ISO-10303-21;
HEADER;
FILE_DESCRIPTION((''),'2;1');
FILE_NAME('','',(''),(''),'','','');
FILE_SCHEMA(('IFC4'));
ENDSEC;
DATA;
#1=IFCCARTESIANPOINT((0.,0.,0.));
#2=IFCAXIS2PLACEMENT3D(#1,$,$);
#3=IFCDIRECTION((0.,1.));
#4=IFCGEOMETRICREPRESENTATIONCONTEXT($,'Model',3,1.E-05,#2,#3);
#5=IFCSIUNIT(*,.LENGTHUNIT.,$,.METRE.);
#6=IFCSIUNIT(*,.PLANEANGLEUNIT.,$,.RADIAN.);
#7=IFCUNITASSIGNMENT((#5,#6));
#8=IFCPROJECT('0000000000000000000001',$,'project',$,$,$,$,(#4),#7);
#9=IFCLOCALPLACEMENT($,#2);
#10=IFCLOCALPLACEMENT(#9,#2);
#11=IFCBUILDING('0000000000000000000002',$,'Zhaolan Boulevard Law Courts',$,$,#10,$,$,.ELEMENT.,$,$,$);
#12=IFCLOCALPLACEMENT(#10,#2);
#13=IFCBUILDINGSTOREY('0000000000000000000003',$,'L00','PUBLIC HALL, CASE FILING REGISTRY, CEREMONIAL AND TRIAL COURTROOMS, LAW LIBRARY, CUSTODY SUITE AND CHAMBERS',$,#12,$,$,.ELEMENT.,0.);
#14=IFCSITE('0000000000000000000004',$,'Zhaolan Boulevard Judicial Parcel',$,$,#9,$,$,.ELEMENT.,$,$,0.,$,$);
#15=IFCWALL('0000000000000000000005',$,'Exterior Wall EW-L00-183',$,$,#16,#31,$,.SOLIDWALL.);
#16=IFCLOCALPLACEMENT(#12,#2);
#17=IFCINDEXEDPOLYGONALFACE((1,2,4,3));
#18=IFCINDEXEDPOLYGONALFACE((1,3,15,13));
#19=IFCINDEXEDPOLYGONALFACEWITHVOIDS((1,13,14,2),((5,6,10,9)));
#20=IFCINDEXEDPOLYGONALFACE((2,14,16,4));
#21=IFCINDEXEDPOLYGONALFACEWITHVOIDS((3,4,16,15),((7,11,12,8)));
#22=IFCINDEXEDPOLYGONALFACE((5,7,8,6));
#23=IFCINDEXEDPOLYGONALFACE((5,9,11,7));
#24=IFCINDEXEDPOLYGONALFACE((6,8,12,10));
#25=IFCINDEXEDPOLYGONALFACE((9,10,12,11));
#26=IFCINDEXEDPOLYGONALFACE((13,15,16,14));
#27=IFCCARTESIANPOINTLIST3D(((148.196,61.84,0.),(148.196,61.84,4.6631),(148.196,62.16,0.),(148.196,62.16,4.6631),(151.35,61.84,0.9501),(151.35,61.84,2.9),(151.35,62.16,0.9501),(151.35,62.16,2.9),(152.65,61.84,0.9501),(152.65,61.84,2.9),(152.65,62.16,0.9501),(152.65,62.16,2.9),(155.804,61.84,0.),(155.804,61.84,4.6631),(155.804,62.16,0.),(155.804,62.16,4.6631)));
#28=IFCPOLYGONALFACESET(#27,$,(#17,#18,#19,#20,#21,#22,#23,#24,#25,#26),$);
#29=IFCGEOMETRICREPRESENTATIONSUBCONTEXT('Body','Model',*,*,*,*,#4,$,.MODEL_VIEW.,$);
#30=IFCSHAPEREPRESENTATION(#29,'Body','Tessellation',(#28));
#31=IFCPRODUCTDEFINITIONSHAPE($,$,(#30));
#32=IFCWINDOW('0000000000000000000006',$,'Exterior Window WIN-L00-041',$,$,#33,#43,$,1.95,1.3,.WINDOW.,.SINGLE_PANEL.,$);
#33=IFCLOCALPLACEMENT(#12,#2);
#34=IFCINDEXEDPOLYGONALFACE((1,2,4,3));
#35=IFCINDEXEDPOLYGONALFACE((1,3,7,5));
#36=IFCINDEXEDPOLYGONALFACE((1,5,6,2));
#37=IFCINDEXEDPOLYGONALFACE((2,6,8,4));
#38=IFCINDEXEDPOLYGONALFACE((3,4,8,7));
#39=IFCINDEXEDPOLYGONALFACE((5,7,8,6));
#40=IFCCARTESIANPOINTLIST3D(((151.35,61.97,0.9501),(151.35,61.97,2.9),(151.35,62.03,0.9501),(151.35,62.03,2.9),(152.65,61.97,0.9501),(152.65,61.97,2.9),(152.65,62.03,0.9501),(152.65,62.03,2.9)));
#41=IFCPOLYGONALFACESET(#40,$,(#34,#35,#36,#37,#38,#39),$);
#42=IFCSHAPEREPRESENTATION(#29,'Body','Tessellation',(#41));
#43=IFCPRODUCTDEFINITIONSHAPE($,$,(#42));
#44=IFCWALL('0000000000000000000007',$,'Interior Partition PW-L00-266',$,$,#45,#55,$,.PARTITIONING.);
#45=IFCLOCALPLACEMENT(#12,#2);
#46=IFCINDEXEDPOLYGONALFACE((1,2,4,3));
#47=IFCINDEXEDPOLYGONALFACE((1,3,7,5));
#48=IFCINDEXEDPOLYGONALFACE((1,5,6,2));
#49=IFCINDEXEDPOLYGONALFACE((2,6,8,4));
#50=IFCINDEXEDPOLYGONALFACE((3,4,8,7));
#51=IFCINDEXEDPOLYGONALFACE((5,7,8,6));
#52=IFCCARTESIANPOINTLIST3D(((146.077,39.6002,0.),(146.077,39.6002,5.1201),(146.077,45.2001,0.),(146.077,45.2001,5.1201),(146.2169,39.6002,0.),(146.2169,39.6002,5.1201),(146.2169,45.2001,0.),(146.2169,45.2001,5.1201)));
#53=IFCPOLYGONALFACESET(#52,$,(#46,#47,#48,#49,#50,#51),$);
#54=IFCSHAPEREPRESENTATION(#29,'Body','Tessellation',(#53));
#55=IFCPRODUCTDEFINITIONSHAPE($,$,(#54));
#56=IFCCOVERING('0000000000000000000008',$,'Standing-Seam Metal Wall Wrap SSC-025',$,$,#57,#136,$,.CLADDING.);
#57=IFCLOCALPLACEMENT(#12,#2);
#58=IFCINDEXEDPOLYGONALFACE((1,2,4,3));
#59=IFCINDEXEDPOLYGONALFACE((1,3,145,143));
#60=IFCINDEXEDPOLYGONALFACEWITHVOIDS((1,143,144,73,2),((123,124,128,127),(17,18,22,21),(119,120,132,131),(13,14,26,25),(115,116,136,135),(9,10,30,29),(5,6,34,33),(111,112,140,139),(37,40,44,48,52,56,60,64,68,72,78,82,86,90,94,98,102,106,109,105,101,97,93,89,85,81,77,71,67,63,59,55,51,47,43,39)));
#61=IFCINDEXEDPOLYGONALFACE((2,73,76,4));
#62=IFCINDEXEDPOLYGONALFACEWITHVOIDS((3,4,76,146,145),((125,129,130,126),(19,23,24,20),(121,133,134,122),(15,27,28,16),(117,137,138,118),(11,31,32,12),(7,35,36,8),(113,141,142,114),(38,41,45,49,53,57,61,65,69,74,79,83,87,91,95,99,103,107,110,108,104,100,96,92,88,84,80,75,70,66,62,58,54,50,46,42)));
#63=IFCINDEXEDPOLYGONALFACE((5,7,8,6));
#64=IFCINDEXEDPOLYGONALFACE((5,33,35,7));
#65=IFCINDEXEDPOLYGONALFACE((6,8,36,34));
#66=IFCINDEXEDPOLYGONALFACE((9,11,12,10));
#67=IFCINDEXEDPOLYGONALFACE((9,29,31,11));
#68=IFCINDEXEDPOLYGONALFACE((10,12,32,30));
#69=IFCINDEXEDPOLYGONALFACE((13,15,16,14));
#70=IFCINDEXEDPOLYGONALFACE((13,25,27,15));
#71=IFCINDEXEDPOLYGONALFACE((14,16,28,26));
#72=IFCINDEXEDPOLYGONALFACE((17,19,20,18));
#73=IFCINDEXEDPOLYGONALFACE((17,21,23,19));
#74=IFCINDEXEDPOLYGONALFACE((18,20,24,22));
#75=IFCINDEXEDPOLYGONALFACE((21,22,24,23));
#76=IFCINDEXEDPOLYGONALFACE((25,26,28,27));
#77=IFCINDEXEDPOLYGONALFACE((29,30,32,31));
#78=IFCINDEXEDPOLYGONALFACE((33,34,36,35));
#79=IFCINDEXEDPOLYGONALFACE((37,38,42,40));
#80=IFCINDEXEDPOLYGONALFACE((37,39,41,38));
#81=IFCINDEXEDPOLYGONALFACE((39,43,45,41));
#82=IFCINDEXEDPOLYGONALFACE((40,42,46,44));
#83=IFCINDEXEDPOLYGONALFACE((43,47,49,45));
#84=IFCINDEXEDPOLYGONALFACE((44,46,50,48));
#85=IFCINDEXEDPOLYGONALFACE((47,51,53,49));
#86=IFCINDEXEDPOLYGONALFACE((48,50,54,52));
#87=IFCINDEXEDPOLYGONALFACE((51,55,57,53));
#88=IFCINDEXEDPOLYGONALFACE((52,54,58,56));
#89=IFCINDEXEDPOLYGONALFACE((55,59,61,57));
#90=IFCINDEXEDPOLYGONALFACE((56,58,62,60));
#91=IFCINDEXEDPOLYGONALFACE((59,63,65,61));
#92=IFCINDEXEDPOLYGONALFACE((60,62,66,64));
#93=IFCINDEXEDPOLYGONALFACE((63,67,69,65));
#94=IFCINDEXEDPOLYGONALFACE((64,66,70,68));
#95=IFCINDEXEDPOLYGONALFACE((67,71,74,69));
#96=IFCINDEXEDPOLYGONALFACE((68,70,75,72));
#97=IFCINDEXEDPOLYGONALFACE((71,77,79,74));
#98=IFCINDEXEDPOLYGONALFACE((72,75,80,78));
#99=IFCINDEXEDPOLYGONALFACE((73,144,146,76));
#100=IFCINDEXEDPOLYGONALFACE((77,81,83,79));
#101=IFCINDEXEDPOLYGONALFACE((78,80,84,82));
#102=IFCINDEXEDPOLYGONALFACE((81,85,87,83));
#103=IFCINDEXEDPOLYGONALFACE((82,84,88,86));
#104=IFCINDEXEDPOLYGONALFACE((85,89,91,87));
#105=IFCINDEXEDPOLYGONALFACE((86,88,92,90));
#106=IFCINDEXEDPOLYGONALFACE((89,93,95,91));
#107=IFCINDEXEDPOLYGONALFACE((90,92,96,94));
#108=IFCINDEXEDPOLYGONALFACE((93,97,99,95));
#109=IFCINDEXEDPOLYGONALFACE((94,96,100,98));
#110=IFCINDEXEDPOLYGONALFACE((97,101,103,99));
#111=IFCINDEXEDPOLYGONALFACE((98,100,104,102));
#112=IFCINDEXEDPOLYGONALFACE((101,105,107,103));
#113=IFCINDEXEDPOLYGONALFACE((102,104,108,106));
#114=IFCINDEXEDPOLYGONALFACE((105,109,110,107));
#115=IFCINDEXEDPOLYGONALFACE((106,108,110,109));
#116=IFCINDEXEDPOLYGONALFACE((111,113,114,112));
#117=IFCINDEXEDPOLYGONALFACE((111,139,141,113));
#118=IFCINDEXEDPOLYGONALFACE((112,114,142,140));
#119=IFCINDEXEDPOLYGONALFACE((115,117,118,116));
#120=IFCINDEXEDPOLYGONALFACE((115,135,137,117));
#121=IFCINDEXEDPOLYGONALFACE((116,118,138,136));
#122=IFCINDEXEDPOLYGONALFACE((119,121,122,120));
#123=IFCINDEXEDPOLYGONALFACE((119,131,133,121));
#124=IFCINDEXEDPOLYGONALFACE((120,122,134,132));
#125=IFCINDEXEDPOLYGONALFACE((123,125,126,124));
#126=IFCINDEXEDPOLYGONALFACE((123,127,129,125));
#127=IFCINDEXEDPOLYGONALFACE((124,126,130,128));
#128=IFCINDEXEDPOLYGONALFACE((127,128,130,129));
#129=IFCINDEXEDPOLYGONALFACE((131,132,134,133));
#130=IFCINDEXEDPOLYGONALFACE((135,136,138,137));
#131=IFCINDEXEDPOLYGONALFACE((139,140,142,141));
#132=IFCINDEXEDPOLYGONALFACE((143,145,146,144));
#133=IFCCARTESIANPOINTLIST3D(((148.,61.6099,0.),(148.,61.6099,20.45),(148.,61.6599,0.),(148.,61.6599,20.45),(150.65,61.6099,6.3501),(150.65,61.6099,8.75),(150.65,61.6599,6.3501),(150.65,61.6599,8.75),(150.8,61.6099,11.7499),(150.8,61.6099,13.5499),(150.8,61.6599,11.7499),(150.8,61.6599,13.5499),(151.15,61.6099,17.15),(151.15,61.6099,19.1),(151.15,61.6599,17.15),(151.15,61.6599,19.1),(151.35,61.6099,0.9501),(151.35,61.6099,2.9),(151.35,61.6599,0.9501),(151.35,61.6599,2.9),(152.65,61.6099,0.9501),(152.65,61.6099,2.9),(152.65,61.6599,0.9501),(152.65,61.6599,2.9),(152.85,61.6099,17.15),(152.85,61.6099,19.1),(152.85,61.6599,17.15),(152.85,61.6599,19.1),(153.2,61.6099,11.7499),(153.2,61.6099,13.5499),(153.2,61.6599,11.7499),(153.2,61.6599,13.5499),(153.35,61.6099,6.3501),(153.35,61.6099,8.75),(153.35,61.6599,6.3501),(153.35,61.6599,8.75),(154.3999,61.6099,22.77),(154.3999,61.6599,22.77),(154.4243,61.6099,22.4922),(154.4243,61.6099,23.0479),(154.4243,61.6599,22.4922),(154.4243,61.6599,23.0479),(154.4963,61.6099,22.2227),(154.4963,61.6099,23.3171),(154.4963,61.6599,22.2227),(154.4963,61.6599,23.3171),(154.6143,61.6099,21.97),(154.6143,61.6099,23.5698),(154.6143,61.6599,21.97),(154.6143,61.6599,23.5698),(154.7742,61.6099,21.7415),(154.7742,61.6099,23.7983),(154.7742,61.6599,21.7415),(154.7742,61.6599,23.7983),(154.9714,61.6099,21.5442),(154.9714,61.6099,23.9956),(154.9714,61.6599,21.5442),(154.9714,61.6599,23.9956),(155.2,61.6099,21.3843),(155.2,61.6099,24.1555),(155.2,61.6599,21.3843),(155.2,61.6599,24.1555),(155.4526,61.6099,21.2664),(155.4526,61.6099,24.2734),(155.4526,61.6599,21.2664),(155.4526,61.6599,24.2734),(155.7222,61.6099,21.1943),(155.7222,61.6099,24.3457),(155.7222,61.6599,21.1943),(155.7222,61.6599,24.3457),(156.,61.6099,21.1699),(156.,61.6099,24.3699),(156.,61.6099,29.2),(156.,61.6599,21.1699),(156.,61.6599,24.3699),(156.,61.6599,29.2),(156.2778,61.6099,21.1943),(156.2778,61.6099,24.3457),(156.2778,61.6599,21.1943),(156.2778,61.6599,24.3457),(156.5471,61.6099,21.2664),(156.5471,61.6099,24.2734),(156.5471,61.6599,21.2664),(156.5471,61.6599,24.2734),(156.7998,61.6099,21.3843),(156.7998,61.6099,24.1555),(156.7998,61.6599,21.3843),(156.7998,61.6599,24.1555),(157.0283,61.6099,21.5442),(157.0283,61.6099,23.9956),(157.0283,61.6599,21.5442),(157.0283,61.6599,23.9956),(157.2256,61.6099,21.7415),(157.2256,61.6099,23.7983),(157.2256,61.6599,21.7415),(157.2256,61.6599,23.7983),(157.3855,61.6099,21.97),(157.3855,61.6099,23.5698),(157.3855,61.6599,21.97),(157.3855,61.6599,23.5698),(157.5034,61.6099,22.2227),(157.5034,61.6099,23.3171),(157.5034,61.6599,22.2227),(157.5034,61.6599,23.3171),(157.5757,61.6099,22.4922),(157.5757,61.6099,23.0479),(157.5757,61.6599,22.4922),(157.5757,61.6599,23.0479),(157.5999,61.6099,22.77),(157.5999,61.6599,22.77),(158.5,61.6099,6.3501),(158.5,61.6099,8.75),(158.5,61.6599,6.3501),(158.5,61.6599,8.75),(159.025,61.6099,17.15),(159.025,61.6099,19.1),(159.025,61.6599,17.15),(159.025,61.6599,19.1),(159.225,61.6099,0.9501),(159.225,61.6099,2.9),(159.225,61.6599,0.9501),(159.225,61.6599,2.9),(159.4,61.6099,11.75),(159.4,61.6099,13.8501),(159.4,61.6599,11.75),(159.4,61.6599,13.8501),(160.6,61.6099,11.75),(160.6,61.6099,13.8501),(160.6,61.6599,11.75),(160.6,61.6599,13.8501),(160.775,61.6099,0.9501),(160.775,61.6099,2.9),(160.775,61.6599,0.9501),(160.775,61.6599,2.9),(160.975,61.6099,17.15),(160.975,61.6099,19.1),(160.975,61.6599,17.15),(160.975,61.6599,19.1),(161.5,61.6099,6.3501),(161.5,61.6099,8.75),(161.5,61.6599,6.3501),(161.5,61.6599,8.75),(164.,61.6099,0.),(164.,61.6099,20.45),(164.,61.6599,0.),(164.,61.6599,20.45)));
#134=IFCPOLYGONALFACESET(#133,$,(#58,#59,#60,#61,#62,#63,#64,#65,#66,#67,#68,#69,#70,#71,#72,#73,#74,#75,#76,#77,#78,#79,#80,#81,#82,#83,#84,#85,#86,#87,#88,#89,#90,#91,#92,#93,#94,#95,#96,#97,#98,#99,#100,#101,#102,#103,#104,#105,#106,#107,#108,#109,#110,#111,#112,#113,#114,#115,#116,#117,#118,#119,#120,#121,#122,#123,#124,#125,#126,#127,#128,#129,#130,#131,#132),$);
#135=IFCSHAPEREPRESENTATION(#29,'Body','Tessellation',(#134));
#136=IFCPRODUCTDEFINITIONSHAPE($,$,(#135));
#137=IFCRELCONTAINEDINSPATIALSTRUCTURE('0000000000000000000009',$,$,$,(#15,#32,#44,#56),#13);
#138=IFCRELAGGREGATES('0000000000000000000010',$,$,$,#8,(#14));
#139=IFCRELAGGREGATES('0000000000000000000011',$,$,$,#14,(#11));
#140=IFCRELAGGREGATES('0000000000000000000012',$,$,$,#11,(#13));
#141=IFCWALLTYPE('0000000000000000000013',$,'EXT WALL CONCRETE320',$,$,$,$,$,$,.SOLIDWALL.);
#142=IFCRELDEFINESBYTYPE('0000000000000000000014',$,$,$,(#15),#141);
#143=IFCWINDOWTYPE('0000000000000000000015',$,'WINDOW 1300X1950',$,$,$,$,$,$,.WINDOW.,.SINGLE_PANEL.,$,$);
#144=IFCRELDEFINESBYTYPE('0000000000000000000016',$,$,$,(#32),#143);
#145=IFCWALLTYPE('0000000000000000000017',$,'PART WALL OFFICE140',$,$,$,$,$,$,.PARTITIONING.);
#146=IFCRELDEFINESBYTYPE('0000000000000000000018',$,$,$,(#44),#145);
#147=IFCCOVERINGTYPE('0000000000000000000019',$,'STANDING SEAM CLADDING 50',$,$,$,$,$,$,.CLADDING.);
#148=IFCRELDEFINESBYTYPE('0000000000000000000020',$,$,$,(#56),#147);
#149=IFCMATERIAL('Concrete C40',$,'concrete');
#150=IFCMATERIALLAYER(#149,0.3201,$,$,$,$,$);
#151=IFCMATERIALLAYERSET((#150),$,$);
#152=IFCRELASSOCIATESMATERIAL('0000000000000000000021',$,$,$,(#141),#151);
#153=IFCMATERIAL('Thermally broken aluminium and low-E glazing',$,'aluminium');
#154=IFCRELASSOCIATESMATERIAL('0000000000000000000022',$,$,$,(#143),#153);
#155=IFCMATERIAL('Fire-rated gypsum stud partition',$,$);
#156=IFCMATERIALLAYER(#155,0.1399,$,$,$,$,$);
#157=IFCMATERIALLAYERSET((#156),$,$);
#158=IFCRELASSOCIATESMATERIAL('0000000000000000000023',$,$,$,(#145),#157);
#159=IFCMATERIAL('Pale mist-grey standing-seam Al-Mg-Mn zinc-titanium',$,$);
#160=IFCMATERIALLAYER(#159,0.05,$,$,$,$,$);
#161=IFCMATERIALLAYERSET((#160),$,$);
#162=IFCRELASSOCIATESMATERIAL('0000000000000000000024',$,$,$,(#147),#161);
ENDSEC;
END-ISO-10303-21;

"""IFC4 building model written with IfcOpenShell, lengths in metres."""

from ifc_helpers import new_model, si_unit, direction, frame, frame_2d, origin, place, context, subcontext, project, spatial, polyline, rectangle, outline, extrude, material, layer, layer_set, type_object, element, fill, save


model = new_model("IFC4")

# Units and contexts
model_context = context("Model", 3, precision=1e-05, world=origin(), true_north=direction((0.0, 1.0)))
body_context = subcontext(model_context, "Body", "Model", "MODEL_VIEW")
ifc_project = project(units=[si_unit("LENGTHUNIT", "METRE"), si_unit("PLANEANGLEUNIT", "RADIAN")], contexts=[model_context])

# Site, building, storey
site_placement = place(None, origin())
site = spatial("IfcSite", under=ifc_project, at=site_placement, Name="Zhaolan Boulevard Judicial Parcel", CompositionType="ELEMENT", RefElevation=0.0)
building_placement = place(site_placement, origin())
building = spatial("IfcBuilding", under=site, at=building_placement, Name="Zhaolan Boulevard Law Courts", CompositionType="ELEMENT")
storey_placement = place(building_placement, origin())
storey = spatial("IfcBuildingStorey", under=building, at=storey_placement, Name="L00", Description="PUBLIC HALL, CASE FILING REGISTRY, CEREMONIAL AND TRIAL COURTROOMS, LAW LIBRARY, CUSTODY SUITE AND CHAMBERS", CompositionType="ELEMENT", Elevation=0.0)

# Shared definitions
ifc_material_1 = material(Name="Concrete C40", Category="concrete")
ifc_layer_1 = layer(ifc_material_1, 0.3201)
ifc_layer_set_1 = layer_set([ifc_layer_1])
wall_type_1 = type_object("IfcWallType", Name="EXT WALL CONCRETE320", PredefinedType="SOLIDWALL", material=ifc_layer_set_1)

# Wall, opening, window
wall_1_placement = place(storey_placement, frame((148.196, 62.0, 0.0), z_axis=(0.0, 0.0, 1.0), x_axis=(1.0, 0.0, 0.0)))
wall_1 = element("IfcWall", 1, at=wall_1_placement, inside=storey, type_object=wall_type_1, Name="Exterior Wall EW-L00-183", PredefinedType="SOLIDWALL", context=body_context, shape_type="SweptSolid", body=[
    extrude(rectangle(XDim=7.6079, YDim=0.3201, at=frame_2d((3.804, 0.0))), origin(), (0.0, 0.0, 1.0), 4.6631),
])
opening_1_placement = place(wall_1_placement, frame((3.1541, 0.0, 0.95)))
opening_1 = element("IfcOpeningElement", 2, at=opening_1_placement, cuts=wall_1, PredefinedType="OPENING", context=body_context, shape_type="SweptSolid", body=[
    extrude(rectangle(XDim=1.3, YDim=1.95, at=frame_2d((0.6499, 0.9751))), frame((0.0, 0.1699, 0.0), z_axis=(0.0, -1.0, 0.0), x_axis=(1.0, 0.0, 0.0)), (0.0, 0.0, 1.0), 0.3401),
])
ifc_material_2 = material(Name="Thermally broken aluminium and low-E glazing", Category="aluminium")
window_type_1 = type_object("IfcWindowType", Name="WINDOW 1300X1950", PartitioningType="SINGLE_PANEL", PredefinedType="WINDOW", material=ifc_material_2)
window_1_placement = place(opening_1_placement, origin())
window_1 = element("IfcWindow", 3, at=window_1_placement, inside=storey, type_object=window_type_1, Name="Exterior Window WIN-L00-041", OverallHeight=1.95, OverallWidth=1.3, PartitioningType="SINGLE_PANEL", PredefinedType="WINDOW", context=body_context, shape_type="SweptSolid", body=[
    extrude(rectangle(XDim=1.3, YDim=1.95, at=frame_2d((0.6499, 0.9751))), frame((0.0, 0.03, 0.0), z_axis=(0.0, -1.0, 0.0), x_axis=(1.0, 0.0, 0.0)), (0.0, 0.0, 1.0), 0.0601),
])
fill(opening_1, window_1)

# Wall
ifc_material_3 = material(Name="Fire-rated gypsum stud partition")
ifc_layer_2 = layer(ifc_material_3, 0.1399)
ifc_layer_set_2 = layer_set([ifc_layer_2])
wall_type_2 = type_object("IfcWallType", Name="PART WALL OFFICE140", PredefinedType="PARTITIONING", material=ifc_layer_set_2)
wall_2_placement = place(storey_placement, frame((146.147, 45.2, 0.0), z_axis=(0.0, 0.0, 1.0), x_axis=(0.0, -1.0, 0.0)))
element("IfcWall", 4, at=wall_2_placement, inside=storey, type_object=wall_type_2, Name="Interior Partition PW-L00-266", PredefinedType="PARTITIONING", context=body_context, shape_type="SweptSolid", body=[
    extrude(rectangle(XDim=5.5999, YDim=0.1399, at=frame_2d((2.7998, 0.0))), origin(), (0.0, 0.0, 1.0), 5.1201),
])

# Covering, openings
ifc_material_4 = material(Name="Pale mist-grey standing-seam Al-Mg-Mn zinc-titanium")
ifc_layer_3 = layer(ifc_material_4, 0.05)
ifc_layer_set_3 = layer_set([ifc_layer_3])
covering_type = type_object("IfcCoveringType", Name="STANDING SEAM CLADDING 50", PredefinedType="CLADDING", material=ifc_layer_set_3)
covering_placement = place(storey_placement, frame((148.0, 61.635, 0.0), z_axis=(0.0, 0.0, 1.0), x_axis=(1.0, 0.0, 0.0)))
covering = element("IfcCovering", 5, at=covering_placement, inside=storey, type_object=covering_type, Name="Standing-Seam Metal Wall Wrap SSC-025", PredefinedType="CLADDING", context=body_context, shape_type="SweptSolid", body=[
    extrude(outline(polyline([(0.0, 0.0), (16.0, 0.0), (16.0, 20.45), (8.0, 29.2), (0.0, 20.45), (0.0, 0.0)])), frame((0.0, 0.0249, 0.0), z_axis=(0.0, -1.0, 0.0), x_axis=(1.0, 0.0, 0.0)), (0.0, 0.0, 1.0), 0.05),
])
opening_2_placement = place(storey_placement, frame((151.3501, 61.635, 0.95), z_axis=(0.0, 0.0, 1.0), x_axis=(1.0, 0.0, 0.0)))
element("IfcOpeningElement", 6, at=opening_2_placement, cuts=covering, PredefinedType="OPENING", context=body_context, shape_type="SweptSolid", body=[
    extrude(rectangle(XDim=1.3, YDim=1.95, at=frame_2d((0.6499, 0.9751))), frame((0.0, 0.1499, 0.0), z_axis=(0.0, -1.0, 0.0), x_axis=(1.0, 0.0, 0.0)), (0.0, 0.0, 1.0), 0.3),
])
opening_3_placement = place(storey_placement, frame((159.2251, 61.635, 0.95), z_axis=(0.0, 0.0, 1.0), x_axis=(1.0, 0.0, 0.0)))
element("IfcOpeningElement", 7, at=opening_3_placement, cuts=covering, PredefinedType="OPENING", context=body_context, shape_type="SweptSolid", body=[
    extrude(rectangle(XDim=1.55, YDim=1.95, at=frame_2d((0.7749, 0.9751))), frame((0.0, 0.1499, 0.0), z_axis=(0.0, -1.0, 0.0), x_axis=(1.0, 0.0, 0.0)), (0.0, 0.0, 1.0), 0.3),
])
opening_4_placement = place(storey_placement, frame((150.6499, 61.635, 6.3501), z_axis=(0.0, 0.0, 1.0), x_axis=(1.0, 0.0, 0.0)))
element("IfcOpeningElement", 8, at=opening_4_placement, cuts=covering, PredefinedType="OPENING", context=body_context, shape_type="SweptSolid", body=[
    extrude(rectangle(XDim=2.7, YDim=2.3999, at=frame_2d((1.3501, 1.2))), frame((0.0, 0.1499, 0.0), z_axis=(0.0, -1.0, 0.0), x_axis=(1.0, 0.0, 0.0)), (0.0, 0.0, 1.0), 0.3),
])
opening_5_placement = place(storey_placement, frame((158.5, 61.635, 6.3501), z_axis=(0.0, 0.0, 1.0), x_axis=(1.0, 0.0, 0.0)))
element("IfcOpeningElement", 9, at=opening_5_placement, cuts=covering, PredefinedType="OPENING", context=body_context, shape_type="SweptSolid", body=[
    extrude(rectangle(XDim=3.0, YDim=2.3999, at=frame_2d((1.5, 1.2))), frame((0.0, 0.1499, 0.0), z_axis=(0.0, -1.0, 0.0), x_axis=(1.0, 0.0, 0.0)), (0.0, 0.0, 1.0), 0.3),
])
opening_6_placement = place(storey_placement, frame((150.8, 61.635, 11.75), z_axis=(0.0, 0.0, 1.0), x_axis=(1.0, 0.0, 0.0)))
element("IfcOpeningElement", 10, at=opening_6_placement, cuts=covering, PredefinedType="OPENING", context=body_context, shape_type="SweptSolid", body=[
    extrude(rectangle(XDim=2.3999, YDim=1.8, at=frame_2d((1.2, 0.8999))), frame((0.0, 0.1499, 0.0), z_axis=(0.0, -1.0, 0.0), x_axis=(1.0, 0.0, 0.0)), (0.0, 0.0, 1.0), 0.3),
])
opening_7_placement = place(storey_placement, frame((159.3999, 61.635, 11.75), z_axis=(0.0, 0.0, 1.0), x_axis=(1.0, 0.0, 0.0)))
element("IfcOpeningElement", 11, at=opening_7_placement, cuts=covering, PredefinedType="OPENING", context=body_context, shape_type="SweptSolid", body=[
    extrude(rectangle(XDim=1.2, YDim=2.1001, at=frame_2d((0.6001, 1.05))), frame((0.0, 0.1499, 0.0), z_axis=(0.0, -1.0, 0.0), x_axis=(1.0, 0.0, 0.0)), (0.0, 0.0, 1.0), 0.3),
])
opening_8_placement = place(storey_placement, frame((151.1499, 61.635, 17.1499), z_axis=(0.0, 0.0, 1.0), x_axis=(1.0, 0.0, 0.0)))
element("IfcOpeningElement", 12, at=opening_8_placement, cuts=covering, PredefinedType="OPENING", context=body_context, shape_type="SweptSolid", body=[
    extrude(rectangle(XDim=1.7, YDim=1.95, at=frame_2d((0.8501, 0.9751))), frame((0.0, 0.1499, 0.0), z_axis=(0.0, -1.0, 0.0), x_axis=(1.0, 0.0, 0.0)), (0.0, 0.0, 1.0), 0.3),
])
opening_9_placement = place(storey_placement, frame((159.0249, 61.635, 17.1499), z_axis=(0.0, 0.0, 1.0), x_axis=(1.0, 0.0, 0.0)))
element("IfcOpeningElement", 13, at=opening_9_placement, cuts=covering, PredefinedType="OPENING", context=body_context, shape_type="SweptSolid", body=[
    extrude(rectangle(XDim=1.95, YDim=1.95, at=frame_2d((0.9751, 0.9751))), frame((0.0, 0.1499, 0.0), z_axis=(0.0, -1.0, 0.0), x_axis=(1.0, 0.0, 0.0)), (0.0, 0.0, 1.0), 0.3),
])
opening_10_placement = place(storey_placement, frame((154.3999, 61.635, 21.1699), z_axis=(0.0, 0.0, 1.0), x_axis=(1.0, 0.0, 0.0)))
element("IfcOpeningElement", 14, at=opening_10_placement, cuts=covering, PredefinedType="OPENING", context=body_context, shape_type="SweptSolid", body=[
    extrude(outline(polyline([(3.2, 1.6001), (3.1758, 1.8779), (3.1035, 2.1472), (2.9856, 2.3999), (2.8257, 2.6284), (2.6284, 2.8257), (2.3999, 2.9856), (2.1472, 3.1035), (1.8779, 3.1758), (1.6001, 3.2), (1.3223, 3.1758), (1.0527, 3.1035), (0.8, 2.9856), (0.5715, 2.8257), (0.3743, 2.6284), (0.2144, 2.3999), (0.0964, 2.1472), (0.0244, 1.8779), (0.0, 1.6001), (0.0244, 1.3223), (0.0964, 1.0527), (0.2144, 0.8), (0.3743, 0.5715), (0.5715, 0.3743), (0.8, 0.2144), (1.0527, 0.0964), (1.3223, 0.0244), (1.6001, 0.0), (1.8779, 0.0244), (2.1472, 0.0964), (2.3999, 0.2144), (2.6284, 0.3743), (2.8257, 0.5715), (2.9856, 0.8), (3.1035, 1.0527), (3.1758, 1.3223), (3.2, 1.6001)])), frame((0.0, 0.1499, 0.0), z_axis=(0.0, -1.0, 0.0), x_axis=(1.0, 0.0, 0.0)), (0.0, 0.0, 1.0), 0.3),
])

save(model, "model.ifc")
